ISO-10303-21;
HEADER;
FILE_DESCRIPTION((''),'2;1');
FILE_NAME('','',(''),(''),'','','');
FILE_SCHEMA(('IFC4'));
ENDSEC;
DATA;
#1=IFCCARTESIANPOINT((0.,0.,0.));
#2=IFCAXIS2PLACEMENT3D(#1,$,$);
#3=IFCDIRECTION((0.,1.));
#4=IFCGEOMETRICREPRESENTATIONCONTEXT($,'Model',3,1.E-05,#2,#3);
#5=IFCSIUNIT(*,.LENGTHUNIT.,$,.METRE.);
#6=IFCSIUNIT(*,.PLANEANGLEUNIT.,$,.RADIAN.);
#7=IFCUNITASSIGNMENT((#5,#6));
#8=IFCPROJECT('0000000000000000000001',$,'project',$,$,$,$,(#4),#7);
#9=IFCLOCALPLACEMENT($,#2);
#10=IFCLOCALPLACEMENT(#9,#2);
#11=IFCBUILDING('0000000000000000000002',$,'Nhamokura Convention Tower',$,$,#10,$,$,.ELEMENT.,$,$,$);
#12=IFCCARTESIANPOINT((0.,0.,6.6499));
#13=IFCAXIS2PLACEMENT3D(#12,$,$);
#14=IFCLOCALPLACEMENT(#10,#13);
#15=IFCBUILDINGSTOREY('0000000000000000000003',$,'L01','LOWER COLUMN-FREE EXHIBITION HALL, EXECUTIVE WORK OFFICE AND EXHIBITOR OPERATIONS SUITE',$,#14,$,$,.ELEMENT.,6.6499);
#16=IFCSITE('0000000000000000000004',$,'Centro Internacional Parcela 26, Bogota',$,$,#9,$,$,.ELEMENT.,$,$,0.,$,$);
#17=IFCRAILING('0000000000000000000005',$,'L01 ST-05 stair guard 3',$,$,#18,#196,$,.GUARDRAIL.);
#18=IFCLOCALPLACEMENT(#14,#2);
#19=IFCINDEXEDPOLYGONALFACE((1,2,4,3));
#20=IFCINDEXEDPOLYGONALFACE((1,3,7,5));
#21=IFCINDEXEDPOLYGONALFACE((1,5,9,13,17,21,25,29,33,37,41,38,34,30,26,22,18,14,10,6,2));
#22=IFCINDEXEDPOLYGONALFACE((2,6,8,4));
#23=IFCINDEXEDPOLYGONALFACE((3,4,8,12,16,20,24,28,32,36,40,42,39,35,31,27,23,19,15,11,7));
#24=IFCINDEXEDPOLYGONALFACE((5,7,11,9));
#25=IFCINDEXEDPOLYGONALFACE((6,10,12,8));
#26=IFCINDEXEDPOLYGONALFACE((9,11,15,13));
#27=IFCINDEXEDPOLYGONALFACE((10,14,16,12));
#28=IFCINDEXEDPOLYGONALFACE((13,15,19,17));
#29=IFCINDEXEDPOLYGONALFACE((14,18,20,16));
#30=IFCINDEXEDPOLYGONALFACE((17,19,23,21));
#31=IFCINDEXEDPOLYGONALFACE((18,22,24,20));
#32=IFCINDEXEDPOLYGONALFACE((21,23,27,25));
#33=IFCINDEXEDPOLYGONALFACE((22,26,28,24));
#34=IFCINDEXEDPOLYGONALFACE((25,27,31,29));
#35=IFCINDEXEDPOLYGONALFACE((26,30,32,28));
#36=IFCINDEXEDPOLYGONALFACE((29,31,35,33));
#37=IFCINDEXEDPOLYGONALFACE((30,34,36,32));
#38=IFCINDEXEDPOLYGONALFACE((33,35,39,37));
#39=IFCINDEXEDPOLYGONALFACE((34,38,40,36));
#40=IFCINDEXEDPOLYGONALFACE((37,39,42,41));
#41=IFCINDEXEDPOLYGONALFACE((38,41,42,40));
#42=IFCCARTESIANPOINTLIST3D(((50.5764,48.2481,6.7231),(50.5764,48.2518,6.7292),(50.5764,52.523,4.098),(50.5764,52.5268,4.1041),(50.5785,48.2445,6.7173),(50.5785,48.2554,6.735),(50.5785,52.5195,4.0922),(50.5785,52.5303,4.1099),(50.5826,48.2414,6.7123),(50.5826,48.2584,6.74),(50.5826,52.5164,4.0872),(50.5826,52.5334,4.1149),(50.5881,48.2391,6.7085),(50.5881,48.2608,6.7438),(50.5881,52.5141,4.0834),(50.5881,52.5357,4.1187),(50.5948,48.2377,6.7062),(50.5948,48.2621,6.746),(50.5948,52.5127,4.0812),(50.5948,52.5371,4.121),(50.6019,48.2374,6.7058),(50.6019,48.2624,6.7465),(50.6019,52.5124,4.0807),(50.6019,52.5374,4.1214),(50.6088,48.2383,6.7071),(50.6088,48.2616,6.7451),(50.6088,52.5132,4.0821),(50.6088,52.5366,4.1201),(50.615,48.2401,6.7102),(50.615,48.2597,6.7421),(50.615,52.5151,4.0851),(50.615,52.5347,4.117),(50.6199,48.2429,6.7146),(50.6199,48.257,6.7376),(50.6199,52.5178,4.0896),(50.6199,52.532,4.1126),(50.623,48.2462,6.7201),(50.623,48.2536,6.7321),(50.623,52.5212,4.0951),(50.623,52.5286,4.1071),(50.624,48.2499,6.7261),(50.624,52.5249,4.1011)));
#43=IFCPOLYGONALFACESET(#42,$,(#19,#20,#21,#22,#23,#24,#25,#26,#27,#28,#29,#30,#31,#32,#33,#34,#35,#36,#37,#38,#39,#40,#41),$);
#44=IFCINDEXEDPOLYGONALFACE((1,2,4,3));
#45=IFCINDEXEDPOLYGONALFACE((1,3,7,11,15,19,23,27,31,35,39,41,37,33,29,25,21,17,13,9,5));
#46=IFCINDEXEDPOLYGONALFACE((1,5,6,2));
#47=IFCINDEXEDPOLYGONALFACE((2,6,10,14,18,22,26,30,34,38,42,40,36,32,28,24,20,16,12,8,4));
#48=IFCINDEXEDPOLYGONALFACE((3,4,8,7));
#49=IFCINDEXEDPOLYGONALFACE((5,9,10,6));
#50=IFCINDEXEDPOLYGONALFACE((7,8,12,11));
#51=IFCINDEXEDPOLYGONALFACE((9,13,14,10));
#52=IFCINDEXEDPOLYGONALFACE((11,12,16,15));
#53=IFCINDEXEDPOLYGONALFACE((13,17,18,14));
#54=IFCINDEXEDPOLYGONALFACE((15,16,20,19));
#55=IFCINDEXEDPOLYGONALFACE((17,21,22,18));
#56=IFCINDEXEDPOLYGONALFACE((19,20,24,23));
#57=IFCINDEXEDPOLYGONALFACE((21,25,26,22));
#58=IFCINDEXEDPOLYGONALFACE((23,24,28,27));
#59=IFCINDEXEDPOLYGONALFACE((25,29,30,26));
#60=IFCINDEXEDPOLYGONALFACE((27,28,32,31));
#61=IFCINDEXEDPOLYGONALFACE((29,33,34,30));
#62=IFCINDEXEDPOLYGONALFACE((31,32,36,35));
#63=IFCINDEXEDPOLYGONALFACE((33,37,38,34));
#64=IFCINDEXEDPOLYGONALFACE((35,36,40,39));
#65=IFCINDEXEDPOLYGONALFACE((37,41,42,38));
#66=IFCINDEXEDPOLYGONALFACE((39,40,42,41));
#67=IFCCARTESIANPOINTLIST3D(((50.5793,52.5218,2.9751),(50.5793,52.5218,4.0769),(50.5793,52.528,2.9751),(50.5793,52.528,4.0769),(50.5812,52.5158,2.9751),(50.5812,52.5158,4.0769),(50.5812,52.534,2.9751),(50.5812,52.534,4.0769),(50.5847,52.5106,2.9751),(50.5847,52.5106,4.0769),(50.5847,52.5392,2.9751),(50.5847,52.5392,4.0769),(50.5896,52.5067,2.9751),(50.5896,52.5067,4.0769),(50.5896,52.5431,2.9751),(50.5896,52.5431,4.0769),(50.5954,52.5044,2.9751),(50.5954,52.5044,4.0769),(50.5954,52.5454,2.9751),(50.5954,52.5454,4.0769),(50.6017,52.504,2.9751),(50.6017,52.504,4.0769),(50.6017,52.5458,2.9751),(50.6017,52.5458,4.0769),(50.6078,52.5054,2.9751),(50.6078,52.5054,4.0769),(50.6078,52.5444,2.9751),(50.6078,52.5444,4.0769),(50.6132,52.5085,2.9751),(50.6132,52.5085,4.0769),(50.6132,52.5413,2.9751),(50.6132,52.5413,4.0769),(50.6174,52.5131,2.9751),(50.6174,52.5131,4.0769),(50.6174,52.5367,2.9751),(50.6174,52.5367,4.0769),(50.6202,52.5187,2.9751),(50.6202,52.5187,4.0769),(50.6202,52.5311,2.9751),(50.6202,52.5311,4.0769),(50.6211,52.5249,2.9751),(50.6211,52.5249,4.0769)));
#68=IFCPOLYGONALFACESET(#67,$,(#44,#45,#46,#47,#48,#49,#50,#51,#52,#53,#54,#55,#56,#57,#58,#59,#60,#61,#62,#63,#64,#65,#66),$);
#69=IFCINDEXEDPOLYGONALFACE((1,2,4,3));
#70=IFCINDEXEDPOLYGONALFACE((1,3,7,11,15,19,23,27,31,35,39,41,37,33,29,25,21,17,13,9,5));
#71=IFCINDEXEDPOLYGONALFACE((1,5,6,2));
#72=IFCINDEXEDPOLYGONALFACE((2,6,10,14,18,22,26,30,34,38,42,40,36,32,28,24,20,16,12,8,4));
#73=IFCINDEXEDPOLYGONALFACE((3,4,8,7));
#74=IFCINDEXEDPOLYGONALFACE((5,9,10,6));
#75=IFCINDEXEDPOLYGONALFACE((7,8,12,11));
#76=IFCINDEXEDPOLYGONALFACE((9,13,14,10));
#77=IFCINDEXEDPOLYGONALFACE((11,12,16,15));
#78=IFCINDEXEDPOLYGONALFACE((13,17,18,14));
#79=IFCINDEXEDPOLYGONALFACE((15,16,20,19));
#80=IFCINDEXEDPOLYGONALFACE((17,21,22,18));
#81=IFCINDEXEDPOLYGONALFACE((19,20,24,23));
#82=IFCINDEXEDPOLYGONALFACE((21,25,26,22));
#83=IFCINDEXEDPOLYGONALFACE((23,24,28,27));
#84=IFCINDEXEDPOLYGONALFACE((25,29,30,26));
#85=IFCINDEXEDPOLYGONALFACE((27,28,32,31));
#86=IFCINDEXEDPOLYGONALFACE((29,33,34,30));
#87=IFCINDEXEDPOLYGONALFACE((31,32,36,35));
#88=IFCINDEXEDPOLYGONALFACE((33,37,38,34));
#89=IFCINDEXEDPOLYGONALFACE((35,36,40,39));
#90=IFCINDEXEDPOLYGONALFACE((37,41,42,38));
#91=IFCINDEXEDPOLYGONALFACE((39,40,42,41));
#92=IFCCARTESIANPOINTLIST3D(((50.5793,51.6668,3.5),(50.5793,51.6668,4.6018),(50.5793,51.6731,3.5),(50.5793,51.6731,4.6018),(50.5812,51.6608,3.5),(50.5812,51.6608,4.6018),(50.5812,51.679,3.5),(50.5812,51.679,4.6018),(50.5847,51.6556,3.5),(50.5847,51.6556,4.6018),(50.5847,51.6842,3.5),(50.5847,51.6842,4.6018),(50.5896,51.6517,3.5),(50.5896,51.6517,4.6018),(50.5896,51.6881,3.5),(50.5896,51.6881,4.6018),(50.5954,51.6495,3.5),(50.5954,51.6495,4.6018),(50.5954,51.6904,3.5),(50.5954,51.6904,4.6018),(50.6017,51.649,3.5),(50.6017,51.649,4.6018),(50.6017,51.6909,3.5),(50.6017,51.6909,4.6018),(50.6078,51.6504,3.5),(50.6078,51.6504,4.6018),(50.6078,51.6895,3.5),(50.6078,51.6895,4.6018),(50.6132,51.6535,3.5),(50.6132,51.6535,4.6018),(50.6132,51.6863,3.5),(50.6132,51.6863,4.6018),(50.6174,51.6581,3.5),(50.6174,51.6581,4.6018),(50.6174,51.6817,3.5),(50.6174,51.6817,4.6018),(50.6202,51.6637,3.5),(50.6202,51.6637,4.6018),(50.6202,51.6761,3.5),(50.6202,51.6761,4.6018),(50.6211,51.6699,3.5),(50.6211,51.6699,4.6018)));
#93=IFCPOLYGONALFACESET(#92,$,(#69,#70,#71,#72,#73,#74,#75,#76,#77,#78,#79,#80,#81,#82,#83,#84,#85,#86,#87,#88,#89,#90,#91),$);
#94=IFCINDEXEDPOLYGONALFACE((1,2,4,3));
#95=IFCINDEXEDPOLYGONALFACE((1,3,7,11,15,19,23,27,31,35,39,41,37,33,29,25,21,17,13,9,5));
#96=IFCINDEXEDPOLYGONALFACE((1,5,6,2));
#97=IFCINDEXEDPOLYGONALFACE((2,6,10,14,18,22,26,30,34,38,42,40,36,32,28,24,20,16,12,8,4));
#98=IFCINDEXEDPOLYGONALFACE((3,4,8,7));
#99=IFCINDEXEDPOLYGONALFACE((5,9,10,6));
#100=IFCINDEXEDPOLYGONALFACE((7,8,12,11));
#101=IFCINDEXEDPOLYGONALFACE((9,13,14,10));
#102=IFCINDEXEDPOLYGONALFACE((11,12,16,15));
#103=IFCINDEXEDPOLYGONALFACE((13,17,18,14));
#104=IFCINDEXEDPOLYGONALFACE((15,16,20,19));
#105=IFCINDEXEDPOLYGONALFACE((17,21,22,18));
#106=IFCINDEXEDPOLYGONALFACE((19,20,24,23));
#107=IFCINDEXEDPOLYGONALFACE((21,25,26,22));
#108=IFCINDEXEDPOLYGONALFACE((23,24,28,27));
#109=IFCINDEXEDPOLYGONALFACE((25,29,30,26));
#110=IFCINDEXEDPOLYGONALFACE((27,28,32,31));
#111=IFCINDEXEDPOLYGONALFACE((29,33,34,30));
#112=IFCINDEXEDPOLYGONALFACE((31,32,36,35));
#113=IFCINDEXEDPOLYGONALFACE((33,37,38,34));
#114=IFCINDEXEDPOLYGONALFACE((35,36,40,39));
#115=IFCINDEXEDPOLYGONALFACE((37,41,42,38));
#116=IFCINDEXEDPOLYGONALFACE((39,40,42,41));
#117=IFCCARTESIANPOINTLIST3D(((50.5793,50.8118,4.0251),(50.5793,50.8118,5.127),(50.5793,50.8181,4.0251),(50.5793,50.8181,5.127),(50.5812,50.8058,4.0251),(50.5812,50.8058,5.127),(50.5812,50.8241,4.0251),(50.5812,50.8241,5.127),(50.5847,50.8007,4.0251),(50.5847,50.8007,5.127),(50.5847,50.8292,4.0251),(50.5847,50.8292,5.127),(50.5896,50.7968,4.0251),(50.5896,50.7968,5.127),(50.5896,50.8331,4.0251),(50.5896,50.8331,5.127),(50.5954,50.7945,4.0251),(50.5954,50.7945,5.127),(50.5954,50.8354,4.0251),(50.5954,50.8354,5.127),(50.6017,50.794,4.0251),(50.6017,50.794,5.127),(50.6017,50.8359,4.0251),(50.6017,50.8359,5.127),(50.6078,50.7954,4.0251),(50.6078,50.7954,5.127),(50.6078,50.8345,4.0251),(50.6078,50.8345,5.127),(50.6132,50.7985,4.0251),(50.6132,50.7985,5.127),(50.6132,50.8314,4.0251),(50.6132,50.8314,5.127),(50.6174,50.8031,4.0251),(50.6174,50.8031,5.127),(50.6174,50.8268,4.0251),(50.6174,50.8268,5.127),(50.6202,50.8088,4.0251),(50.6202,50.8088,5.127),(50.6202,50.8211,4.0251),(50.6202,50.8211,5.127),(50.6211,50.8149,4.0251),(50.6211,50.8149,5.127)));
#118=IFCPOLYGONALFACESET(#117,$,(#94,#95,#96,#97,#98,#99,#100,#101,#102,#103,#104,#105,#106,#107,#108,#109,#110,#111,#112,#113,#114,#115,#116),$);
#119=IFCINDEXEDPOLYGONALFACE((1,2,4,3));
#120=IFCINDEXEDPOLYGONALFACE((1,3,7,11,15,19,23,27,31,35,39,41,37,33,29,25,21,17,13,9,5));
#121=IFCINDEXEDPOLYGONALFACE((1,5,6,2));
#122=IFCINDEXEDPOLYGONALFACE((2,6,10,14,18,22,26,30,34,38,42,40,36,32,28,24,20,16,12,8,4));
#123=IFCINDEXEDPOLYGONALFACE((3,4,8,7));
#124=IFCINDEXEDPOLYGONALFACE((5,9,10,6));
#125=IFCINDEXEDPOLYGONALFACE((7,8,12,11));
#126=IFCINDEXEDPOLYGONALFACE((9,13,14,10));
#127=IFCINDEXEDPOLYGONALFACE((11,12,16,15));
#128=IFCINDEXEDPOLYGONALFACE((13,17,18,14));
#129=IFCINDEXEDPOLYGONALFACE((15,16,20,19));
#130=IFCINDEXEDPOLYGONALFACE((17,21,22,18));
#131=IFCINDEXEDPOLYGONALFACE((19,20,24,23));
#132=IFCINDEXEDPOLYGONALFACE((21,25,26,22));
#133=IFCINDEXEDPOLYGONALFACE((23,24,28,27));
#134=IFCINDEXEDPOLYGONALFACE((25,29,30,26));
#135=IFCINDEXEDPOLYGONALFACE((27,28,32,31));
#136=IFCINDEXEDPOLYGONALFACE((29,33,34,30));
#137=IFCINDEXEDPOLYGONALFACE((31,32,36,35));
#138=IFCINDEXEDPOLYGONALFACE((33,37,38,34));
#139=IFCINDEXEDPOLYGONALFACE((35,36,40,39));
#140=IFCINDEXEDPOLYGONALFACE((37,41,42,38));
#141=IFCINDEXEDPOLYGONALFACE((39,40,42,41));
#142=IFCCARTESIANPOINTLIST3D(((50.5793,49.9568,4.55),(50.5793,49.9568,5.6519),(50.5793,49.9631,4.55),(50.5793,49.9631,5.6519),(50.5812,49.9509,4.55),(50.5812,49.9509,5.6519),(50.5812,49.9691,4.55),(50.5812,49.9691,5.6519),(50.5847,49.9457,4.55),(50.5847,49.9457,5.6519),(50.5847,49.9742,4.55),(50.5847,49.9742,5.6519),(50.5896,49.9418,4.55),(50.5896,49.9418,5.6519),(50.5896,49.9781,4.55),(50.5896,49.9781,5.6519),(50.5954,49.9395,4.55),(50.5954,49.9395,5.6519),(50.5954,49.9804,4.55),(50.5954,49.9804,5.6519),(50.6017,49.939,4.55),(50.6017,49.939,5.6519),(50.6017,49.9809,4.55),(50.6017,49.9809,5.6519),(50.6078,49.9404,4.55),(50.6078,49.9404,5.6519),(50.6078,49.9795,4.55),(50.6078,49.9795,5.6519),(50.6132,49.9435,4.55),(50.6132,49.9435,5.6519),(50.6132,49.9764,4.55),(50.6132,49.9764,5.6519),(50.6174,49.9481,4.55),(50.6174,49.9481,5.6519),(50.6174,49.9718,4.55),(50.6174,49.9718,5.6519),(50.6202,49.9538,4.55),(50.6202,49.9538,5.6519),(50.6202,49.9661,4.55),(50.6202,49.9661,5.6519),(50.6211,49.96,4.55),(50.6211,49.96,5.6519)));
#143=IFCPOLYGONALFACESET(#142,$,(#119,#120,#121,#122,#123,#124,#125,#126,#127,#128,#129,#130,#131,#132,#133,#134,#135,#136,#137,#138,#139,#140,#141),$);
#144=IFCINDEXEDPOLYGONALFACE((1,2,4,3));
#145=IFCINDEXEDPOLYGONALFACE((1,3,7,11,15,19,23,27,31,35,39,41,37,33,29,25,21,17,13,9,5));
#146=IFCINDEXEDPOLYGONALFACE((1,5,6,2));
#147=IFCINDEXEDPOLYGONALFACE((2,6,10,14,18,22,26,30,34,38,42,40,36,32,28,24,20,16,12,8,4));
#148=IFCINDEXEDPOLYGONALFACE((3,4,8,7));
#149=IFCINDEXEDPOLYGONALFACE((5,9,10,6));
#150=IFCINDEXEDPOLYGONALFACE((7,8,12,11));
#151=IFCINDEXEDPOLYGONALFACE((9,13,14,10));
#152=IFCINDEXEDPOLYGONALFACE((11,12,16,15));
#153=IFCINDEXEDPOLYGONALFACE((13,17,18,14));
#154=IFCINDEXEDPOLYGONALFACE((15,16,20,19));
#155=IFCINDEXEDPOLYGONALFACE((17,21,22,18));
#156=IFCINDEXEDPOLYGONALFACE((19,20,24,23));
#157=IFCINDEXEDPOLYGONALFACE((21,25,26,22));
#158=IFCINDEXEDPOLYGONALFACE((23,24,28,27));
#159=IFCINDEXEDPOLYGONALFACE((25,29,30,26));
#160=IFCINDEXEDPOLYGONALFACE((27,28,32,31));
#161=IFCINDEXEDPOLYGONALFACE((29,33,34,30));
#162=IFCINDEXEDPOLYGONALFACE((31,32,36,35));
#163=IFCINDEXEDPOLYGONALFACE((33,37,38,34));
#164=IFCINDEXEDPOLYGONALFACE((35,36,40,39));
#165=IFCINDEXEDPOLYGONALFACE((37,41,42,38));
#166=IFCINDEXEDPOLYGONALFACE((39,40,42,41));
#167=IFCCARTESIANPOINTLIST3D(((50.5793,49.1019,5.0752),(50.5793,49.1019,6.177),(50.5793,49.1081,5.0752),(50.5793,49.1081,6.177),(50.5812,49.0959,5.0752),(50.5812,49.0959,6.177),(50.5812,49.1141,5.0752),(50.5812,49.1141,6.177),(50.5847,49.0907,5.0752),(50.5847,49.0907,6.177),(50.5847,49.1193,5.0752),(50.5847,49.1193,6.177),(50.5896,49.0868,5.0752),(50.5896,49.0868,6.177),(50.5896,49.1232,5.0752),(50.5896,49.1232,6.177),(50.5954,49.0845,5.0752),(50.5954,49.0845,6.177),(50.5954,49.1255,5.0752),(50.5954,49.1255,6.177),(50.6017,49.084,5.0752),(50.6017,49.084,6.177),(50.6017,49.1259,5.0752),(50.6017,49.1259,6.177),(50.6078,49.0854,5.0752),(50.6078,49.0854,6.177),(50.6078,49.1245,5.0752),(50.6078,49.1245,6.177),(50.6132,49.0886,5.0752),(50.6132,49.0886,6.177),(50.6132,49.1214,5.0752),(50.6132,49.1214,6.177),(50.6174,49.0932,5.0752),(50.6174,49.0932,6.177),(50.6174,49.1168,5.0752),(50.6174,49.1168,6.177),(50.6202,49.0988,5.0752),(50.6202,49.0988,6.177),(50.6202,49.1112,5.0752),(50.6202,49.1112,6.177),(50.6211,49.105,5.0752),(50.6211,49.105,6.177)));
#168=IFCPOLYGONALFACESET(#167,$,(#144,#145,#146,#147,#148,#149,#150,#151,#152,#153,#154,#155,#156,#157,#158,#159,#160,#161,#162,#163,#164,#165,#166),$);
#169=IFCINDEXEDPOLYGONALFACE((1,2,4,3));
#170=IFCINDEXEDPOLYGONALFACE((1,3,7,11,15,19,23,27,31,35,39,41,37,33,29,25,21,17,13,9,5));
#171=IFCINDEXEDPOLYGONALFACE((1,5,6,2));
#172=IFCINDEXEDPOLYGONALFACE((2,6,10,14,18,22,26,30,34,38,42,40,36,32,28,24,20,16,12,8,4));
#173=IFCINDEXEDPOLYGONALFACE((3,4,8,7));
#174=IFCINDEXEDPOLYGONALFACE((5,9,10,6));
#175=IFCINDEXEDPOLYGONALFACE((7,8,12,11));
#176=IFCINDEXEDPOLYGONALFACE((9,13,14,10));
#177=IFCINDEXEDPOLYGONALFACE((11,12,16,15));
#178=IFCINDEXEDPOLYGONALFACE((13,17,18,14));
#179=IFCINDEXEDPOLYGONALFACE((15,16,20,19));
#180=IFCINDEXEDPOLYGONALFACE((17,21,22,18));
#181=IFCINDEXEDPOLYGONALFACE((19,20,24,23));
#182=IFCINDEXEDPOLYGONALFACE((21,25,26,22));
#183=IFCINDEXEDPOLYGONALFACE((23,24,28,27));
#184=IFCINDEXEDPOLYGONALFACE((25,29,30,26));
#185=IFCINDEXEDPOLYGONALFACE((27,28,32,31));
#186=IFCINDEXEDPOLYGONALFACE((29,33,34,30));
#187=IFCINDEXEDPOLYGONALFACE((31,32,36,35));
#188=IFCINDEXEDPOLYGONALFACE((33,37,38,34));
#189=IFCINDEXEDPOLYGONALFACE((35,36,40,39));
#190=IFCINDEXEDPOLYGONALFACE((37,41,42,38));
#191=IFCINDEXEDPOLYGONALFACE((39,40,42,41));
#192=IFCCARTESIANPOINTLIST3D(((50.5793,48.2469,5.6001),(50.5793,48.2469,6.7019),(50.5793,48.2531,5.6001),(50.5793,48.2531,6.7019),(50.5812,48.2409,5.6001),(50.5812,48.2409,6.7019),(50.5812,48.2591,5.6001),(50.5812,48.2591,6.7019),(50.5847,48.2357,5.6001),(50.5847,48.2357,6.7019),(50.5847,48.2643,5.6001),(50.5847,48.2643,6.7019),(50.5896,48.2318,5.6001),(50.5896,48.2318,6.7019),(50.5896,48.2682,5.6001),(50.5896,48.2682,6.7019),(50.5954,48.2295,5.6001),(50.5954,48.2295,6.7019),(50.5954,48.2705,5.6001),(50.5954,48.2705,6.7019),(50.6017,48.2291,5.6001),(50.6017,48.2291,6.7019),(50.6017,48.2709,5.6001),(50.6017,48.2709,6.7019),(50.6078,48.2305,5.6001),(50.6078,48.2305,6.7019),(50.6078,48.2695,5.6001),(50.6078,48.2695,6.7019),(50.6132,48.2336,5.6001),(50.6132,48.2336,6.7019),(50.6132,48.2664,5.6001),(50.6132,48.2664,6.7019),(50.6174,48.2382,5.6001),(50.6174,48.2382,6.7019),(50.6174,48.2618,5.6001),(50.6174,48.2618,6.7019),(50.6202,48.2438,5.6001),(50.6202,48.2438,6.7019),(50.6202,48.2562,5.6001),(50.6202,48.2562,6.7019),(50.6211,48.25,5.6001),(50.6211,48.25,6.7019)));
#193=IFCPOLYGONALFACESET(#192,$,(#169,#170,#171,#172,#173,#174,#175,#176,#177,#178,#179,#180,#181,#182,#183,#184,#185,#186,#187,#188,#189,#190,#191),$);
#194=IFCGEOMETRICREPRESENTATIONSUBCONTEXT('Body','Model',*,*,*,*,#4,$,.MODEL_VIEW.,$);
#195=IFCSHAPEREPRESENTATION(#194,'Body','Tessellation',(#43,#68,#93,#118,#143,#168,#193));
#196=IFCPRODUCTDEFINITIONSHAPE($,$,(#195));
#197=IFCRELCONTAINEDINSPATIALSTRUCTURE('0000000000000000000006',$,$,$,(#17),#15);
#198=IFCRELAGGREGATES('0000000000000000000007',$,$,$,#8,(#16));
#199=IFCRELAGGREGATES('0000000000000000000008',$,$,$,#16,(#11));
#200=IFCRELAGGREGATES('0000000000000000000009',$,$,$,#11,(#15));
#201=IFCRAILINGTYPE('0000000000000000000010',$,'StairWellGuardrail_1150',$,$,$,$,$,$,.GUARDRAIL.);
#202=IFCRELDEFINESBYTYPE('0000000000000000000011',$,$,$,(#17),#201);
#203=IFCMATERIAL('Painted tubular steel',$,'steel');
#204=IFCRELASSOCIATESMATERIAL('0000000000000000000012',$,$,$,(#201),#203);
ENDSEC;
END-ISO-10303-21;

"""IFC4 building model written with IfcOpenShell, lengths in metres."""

from ifc_helpers import new_model, si_unit, direction, frame, origin, origin_2d, place, context, subcontext, project, spatial, circle, extrude, material, type_object, element, save


model = new_model("IFC4")

# Units and contexts
model_context = context("Model", 3, precision=1e-05, world=origin(), true_north=direction((0.0, 1.0)))
body_context = subcontext(model_context, "Body", "Model", "MODEL_VIEW")
ifc_project = project(units=[si_unit("LENGTHUNIT", "METRE"), si_unit("PLANEANGLEUNIT", "RADIAN")], contexts=[model_context])

# Site, building, storey
site_placement = place(None, origin())
site = spatial("IfcSite", under=ifc_project, at=site_placement, Name="Centro Internacional Parcela 26, Bogota", CompositionType="ELEMENT", RefElevation=0.0)
building_placement = place(site_placement, origin())
building = spatial("IfcBuilding", under=site, at=building_placement, Name="Nhamokura Convention Tower", CompositionType="ELEMENT")
storey_placement = place(building_placement, frame((0.0, 0.0, 6.6499)))
storey = spatial("IfcBuildingStorey", under=building, at=storey_placement, Name="L01", Description="LOWER COLUMN-FREE EXHIBITION HALL, EXECUTIVE WORK OFFICE AND EXHIBITOR OPERATIONS SUITE", CompositionType="ELEMENT", Elevation=6.6499)

# Railing
ifc_material_1 = material(Name="Painted tubular steel", Category="steel")
railing_type = type_object("IfcRailingType", Name="StairWellGuardrail_1150", PredefinedType="GUARDRAIL", material=ifc_material_1)
railing_1_placement = place(storey_placement, frame((50.6001, 52.5249, 2.9751)))
element("IfcRailing", 1, at=railing_1_placement, inside=storey, type_object=railing_type, Name="L01 ST-05 stair guard 3", PredefinedType="GUARDRAIL", context=body_context, shape_type="SweptSolid", body=[
    extrude(circle(Radius=0.0239, at=origin_2d()), frame((0.0, 0.0, 1.126), z_axis=(0.0, -0.852166, 0.523272), x_axis=(1.0, 0.0, 0.0)), (0.0, 0.0, 1.0), 5.0166),
    extrude(circle(Radius=0.021, at=origin_2d()), origin(), (0.0, 0.0, 1.0), 1.1018),
    extrude(circle(Radius=0.021, at=origin_2d()), frame((0.0, -0.855, 0.5249)), (0.0, 0.0, 1.0), 1.1018),
    extrude(circle(Radius=0.021, at=origin_2d()), frame((0.0, -1.71, 1.05)), (0.0, 0.0, 1.0), 1.1018),
    extrude(circle(Radius=0.021, at=origin_2d()), frame((0.0, -2.5649, 1.575)), (0.0, 0.0, 1.0), 1.1018),
    extrude(circle(Radius=0.021, at=origin_2d()), frame((0.0, -3.4199, 2.1001)), (0.0, 0.0, 1.0), 1.1018),
    extrude(circle(Radius=0.021, at=origin_2d()), frame((0.0, -4.2749, 2.625)), (0.0, 0.0, 1.0), 1.1018),
])

save(model, "model.ifc")
